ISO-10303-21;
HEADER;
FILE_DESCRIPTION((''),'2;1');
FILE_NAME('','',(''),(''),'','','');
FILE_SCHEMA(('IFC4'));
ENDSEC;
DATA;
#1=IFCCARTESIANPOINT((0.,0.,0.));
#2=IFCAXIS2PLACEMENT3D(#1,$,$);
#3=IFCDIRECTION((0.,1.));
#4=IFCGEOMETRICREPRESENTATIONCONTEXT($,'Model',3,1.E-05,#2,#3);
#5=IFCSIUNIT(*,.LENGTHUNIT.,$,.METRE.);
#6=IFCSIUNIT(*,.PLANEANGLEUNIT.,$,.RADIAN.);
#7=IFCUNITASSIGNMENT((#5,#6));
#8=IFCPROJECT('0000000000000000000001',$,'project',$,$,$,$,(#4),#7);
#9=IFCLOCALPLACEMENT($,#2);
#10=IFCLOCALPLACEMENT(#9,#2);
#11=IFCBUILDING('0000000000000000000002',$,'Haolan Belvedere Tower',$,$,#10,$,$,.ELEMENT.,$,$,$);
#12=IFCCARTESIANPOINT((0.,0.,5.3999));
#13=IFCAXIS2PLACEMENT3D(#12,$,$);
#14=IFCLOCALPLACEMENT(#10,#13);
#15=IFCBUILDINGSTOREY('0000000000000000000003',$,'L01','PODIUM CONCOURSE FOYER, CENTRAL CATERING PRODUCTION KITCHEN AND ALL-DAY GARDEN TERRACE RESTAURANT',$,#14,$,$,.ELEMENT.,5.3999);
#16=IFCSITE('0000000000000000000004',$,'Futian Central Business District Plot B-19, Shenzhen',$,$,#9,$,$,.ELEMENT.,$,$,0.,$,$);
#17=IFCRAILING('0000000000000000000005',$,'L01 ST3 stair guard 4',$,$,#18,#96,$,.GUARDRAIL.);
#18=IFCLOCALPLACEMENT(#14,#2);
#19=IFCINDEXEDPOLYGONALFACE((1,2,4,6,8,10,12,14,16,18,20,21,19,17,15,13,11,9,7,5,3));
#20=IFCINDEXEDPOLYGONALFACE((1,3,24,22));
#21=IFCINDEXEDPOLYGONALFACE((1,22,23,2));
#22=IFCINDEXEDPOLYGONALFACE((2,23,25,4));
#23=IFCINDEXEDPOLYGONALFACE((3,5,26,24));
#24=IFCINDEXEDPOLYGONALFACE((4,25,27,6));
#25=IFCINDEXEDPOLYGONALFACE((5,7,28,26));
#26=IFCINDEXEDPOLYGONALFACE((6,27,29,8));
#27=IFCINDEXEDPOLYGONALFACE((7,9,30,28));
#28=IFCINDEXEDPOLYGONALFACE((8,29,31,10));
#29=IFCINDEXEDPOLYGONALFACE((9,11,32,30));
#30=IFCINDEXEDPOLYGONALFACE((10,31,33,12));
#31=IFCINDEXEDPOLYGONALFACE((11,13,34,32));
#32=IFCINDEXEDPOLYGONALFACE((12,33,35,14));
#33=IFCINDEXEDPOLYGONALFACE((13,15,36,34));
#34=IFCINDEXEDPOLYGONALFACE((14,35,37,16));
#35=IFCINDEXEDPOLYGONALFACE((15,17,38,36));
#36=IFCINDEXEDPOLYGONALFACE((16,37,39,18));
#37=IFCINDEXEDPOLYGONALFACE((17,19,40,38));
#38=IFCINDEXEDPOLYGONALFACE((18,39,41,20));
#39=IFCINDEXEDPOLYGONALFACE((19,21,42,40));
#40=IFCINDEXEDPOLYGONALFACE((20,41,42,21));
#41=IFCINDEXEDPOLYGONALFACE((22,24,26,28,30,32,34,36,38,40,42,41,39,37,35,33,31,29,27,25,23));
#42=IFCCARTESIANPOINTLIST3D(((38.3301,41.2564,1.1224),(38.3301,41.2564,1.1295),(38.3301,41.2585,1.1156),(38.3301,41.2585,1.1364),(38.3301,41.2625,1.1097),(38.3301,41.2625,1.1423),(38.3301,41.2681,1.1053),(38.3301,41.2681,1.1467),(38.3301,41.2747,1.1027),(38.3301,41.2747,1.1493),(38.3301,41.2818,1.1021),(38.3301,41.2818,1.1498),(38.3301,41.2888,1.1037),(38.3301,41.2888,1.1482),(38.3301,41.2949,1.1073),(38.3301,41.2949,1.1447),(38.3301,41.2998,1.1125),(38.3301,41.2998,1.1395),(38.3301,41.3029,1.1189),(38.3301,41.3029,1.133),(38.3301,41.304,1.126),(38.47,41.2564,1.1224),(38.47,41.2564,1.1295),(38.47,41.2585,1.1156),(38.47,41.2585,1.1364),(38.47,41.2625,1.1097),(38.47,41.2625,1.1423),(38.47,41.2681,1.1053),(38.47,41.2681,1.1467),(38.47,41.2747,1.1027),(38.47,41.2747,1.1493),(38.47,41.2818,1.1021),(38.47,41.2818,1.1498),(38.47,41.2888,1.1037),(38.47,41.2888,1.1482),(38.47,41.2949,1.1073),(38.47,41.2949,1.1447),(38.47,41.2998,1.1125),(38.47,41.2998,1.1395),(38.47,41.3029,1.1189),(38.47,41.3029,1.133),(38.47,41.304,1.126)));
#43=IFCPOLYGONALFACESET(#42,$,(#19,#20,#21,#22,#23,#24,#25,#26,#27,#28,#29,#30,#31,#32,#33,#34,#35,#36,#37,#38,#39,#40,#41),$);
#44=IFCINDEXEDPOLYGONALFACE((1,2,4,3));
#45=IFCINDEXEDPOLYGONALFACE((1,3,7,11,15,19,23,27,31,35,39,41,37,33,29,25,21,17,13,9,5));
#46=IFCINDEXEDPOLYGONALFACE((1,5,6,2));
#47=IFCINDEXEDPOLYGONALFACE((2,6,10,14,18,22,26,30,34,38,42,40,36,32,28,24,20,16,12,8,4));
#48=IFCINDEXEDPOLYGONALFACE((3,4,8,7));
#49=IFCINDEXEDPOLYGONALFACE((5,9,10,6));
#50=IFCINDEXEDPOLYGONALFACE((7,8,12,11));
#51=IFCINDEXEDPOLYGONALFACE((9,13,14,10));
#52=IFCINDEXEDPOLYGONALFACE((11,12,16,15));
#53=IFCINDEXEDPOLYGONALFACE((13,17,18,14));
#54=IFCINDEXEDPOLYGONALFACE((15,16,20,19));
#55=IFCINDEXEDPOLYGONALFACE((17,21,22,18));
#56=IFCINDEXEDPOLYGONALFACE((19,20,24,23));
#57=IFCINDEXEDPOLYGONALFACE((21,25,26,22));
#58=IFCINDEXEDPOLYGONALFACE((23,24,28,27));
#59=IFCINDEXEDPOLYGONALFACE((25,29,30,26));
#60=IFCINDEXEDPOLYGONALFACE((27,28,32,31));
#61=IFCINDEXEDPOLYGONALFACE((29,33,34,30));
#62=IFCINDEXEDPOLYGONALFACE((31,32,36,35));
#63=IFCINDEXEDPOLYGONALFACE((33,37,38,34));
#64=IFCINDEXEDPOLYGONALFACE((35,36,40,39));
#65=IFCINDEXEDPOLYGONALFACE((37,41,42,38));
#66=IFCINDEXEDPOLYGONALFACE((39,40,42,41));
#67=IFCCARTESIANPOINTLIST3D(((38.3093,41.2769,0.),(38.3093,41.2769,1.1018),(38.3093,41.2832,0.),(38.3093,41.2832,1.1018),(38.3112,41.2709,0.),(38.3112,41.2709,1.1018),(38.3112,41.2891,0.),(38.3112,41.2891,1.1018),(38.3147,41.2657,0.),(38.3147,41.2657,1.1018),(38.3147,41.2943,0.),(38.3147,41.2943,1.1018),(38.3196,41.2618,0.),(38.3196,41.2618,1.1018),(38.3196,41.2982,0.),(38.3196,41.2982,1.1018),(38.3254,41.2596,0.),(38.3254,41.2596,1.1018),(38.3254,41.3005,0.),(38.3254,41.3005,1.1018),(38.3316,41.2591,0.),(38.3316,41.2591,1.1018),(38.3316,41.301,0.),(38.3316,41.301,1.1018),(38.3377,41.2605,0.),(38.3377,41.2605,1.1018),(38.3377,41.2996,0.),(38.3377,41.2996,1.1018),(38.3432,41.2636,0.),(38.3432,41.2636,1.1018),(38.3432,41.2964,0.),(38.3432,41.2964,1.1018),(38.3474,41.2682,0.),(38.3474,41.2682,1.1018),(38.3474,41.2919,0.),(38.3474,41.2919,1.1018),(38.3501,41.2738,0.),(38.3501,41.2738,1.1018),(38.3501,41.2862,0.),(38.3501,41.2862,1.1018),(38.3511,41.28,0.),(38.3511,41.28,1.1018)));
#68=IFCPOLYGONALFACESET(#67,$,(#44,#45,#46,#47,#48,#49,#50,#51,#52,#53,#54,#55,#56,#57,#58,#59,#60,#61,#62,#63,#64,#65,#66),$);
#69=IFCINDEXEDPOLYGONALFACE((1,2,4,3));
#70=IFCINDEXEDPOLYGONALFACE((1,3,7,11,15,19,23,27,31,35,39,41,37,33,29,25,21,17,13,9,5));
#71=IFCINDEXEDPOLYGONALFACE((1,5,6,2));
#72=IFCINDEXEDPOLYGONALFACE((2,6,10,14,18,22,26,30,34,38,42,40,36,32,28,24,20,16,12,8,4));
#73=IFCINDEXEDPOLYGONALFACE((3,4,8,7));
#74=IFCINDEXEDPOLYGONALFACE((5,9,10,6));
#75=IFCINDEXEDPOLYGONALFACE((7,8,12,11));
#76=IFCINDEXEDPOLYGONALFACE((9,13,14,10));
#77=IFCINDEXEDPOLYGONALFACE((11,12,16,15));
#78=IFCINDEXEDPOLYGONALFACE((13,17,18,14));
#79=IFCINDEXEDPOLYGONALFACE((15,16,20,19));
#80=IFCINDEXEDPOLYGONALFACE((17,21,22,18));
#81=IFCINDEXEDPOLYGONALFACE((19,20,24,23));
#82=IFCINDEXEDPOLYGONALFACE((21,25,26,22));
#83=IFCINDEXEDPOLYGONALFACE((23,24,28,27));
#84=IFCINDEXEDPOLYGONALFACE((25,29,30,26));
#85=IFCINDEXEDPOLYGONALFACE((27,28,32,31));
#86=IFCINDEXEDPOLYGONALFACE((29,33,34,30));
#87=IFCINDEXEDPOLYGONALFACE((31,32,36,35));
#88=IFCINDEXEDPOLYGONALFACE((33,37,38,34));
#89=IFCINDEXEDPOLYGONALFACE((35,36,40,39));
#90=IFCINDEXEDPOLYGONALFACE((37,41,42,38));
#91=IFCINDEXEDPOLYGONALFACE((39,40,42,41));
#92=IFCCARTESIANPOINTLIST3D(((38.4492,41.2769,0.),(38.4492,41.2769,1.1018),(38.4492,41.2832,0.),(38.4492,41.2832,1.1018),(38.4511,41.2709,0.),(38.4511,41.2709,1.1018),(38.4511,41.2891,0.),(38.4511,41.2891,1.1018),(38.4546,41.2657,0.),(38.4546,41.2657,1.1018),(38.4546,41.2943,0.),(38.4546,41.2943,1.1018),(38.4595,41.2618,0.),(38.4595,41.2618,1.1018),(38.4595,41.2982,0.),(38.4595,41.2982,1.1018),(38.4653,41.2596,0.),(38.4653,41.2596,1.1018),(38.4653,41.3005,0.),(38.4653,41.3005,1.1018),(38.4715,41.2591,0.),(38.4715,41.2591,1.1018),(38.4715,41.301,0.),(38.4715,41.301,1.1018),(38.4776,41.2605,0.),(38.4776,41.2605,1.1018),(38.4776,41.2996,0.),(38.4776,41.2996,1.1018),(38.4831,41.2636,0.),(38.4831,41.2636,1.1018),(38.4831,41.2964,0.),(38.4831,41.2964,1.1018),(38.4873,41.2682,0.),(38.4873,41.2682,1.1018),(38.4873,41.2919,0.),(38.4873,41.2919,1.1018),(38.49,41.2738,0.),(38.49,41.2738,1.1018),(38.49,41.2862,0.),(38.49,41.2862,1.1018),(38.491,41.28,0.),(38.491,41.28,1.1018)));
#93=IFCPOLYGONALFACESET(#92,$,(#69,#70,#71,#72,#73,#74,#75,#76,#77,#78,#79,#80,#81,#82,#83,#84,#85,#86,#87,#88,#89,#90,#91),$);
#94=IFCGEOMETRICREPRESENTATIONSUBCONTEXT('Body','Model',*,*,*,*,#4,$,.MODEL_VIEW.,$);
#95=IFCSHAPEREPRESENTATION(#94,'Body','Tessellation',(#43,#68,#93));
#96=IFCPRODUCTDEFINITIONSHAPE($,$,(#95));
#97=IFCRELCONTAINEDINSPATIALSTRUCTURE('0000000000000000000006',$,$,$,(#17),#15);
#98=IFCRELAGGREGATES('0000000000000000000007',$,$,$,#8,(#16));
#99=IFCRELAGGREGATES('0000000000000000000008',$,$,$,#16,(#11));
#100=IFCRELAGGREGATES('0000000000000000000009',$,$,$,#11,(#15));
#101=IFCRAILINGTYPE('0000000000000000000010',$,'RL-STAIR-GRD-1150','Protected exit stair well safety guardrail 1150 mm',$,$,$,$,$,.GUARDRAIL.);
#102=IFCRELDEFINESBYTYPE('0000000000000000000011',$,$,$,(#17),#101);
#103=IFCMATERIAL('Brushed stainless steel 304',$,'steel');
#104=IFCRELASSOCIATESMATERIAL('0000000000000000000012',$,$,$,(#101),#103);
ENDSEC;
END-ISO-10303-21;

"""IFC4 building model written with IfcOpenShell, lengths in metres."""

from ifc_helpers import new_model, si_unit, direction, frame, origin, origin_2d, place, context, subcontext, project, spatial, circle, extrude, material, type_object, element, save


model = new_model("IFC4")

# Units and contexts
model_context = context("Model", 3, precision=1e-05, world=origin(), true_north=direction((0.0, 1.0)))
body_context = subcontext(model_context, "Body", "Model", "MODEL_VIEW")
ifc_project = project(units=[si_unit("LENGTHUNIT", "METRE"), si_unit("PLANEANGLEUNIT", "RADIAN")], contexts=[model_context])

# Site, building, storey
site_placement = place(None, origin())
site = spatial("IfcSite", under=ifc_project, at=site_placement, Name="Futian Central Business District Plot B-19, Shenzhen", CompositionType="ELEMENT", RefElevation=0.0)
building_placement = place(site_placement, origin())
building = spatial("IfcBuilding", under=site, at=building_placement, Name="Haolan Belvedere Tower", CompositionType="ELEMENT")
storey_placement = place(building_placement, frame((0.0, 0.0, 5.3999)))
storey = spatial("IfcBuildingStorey", under=building, at=storey_placement, Name="L01", Description="PODIUM CONCOURSE FOYER, CENTRAL CATERING PRODUCTION KITCHEN AND ALL-DAY GARDEN TERRACE RESTAURANT", CompositionType="ELEMENT", Elevation=5.3999)

# Railing
ifc_material_1 = material(Name="Brushed stainless steel 304", Category="steel")
railing_type_1 = type_object("IfcRailingType", Name="RL-STAIR-GRD-1150", Description="Protected exit stair well safety guardrail 1150 mm", PredefinedType="GUARDRAIL", material=ifc_material_1)
railing_1_placement = place(storey_placement, frame((38.3301, 41.28, 0.0)))
element("IfcRailing", 1, at=railing_1_placement, inside=storey, type_object=railing_type_1, Name="L01 ST3 stair guard 4", PredefinedType="GUARDRAIL", context=body_context, shape_type="SweptSolid", body=[
    extrude(circle(Radius=0.0239, at=origin_2d()), frame((0.0, 0.0, 1.126), z_axis=(1.0, 0.0, 0.0), x_axis=(0.0, 1.0, 0.0)), (0.0, 0.0, 1.0), 0.1399),
    extrude(circle(Radius=0.021, at=origin_2d()), origin(), (0.0, 0.0, 1.0), 1.1018),
    extrude(circle(Radius=0.021, at=origin_2d()), frame((0.1399, 0.0, 0.0)), (0.0, 0.0, 1.0), 1.1018),
])

save(model, "model.ifc")
